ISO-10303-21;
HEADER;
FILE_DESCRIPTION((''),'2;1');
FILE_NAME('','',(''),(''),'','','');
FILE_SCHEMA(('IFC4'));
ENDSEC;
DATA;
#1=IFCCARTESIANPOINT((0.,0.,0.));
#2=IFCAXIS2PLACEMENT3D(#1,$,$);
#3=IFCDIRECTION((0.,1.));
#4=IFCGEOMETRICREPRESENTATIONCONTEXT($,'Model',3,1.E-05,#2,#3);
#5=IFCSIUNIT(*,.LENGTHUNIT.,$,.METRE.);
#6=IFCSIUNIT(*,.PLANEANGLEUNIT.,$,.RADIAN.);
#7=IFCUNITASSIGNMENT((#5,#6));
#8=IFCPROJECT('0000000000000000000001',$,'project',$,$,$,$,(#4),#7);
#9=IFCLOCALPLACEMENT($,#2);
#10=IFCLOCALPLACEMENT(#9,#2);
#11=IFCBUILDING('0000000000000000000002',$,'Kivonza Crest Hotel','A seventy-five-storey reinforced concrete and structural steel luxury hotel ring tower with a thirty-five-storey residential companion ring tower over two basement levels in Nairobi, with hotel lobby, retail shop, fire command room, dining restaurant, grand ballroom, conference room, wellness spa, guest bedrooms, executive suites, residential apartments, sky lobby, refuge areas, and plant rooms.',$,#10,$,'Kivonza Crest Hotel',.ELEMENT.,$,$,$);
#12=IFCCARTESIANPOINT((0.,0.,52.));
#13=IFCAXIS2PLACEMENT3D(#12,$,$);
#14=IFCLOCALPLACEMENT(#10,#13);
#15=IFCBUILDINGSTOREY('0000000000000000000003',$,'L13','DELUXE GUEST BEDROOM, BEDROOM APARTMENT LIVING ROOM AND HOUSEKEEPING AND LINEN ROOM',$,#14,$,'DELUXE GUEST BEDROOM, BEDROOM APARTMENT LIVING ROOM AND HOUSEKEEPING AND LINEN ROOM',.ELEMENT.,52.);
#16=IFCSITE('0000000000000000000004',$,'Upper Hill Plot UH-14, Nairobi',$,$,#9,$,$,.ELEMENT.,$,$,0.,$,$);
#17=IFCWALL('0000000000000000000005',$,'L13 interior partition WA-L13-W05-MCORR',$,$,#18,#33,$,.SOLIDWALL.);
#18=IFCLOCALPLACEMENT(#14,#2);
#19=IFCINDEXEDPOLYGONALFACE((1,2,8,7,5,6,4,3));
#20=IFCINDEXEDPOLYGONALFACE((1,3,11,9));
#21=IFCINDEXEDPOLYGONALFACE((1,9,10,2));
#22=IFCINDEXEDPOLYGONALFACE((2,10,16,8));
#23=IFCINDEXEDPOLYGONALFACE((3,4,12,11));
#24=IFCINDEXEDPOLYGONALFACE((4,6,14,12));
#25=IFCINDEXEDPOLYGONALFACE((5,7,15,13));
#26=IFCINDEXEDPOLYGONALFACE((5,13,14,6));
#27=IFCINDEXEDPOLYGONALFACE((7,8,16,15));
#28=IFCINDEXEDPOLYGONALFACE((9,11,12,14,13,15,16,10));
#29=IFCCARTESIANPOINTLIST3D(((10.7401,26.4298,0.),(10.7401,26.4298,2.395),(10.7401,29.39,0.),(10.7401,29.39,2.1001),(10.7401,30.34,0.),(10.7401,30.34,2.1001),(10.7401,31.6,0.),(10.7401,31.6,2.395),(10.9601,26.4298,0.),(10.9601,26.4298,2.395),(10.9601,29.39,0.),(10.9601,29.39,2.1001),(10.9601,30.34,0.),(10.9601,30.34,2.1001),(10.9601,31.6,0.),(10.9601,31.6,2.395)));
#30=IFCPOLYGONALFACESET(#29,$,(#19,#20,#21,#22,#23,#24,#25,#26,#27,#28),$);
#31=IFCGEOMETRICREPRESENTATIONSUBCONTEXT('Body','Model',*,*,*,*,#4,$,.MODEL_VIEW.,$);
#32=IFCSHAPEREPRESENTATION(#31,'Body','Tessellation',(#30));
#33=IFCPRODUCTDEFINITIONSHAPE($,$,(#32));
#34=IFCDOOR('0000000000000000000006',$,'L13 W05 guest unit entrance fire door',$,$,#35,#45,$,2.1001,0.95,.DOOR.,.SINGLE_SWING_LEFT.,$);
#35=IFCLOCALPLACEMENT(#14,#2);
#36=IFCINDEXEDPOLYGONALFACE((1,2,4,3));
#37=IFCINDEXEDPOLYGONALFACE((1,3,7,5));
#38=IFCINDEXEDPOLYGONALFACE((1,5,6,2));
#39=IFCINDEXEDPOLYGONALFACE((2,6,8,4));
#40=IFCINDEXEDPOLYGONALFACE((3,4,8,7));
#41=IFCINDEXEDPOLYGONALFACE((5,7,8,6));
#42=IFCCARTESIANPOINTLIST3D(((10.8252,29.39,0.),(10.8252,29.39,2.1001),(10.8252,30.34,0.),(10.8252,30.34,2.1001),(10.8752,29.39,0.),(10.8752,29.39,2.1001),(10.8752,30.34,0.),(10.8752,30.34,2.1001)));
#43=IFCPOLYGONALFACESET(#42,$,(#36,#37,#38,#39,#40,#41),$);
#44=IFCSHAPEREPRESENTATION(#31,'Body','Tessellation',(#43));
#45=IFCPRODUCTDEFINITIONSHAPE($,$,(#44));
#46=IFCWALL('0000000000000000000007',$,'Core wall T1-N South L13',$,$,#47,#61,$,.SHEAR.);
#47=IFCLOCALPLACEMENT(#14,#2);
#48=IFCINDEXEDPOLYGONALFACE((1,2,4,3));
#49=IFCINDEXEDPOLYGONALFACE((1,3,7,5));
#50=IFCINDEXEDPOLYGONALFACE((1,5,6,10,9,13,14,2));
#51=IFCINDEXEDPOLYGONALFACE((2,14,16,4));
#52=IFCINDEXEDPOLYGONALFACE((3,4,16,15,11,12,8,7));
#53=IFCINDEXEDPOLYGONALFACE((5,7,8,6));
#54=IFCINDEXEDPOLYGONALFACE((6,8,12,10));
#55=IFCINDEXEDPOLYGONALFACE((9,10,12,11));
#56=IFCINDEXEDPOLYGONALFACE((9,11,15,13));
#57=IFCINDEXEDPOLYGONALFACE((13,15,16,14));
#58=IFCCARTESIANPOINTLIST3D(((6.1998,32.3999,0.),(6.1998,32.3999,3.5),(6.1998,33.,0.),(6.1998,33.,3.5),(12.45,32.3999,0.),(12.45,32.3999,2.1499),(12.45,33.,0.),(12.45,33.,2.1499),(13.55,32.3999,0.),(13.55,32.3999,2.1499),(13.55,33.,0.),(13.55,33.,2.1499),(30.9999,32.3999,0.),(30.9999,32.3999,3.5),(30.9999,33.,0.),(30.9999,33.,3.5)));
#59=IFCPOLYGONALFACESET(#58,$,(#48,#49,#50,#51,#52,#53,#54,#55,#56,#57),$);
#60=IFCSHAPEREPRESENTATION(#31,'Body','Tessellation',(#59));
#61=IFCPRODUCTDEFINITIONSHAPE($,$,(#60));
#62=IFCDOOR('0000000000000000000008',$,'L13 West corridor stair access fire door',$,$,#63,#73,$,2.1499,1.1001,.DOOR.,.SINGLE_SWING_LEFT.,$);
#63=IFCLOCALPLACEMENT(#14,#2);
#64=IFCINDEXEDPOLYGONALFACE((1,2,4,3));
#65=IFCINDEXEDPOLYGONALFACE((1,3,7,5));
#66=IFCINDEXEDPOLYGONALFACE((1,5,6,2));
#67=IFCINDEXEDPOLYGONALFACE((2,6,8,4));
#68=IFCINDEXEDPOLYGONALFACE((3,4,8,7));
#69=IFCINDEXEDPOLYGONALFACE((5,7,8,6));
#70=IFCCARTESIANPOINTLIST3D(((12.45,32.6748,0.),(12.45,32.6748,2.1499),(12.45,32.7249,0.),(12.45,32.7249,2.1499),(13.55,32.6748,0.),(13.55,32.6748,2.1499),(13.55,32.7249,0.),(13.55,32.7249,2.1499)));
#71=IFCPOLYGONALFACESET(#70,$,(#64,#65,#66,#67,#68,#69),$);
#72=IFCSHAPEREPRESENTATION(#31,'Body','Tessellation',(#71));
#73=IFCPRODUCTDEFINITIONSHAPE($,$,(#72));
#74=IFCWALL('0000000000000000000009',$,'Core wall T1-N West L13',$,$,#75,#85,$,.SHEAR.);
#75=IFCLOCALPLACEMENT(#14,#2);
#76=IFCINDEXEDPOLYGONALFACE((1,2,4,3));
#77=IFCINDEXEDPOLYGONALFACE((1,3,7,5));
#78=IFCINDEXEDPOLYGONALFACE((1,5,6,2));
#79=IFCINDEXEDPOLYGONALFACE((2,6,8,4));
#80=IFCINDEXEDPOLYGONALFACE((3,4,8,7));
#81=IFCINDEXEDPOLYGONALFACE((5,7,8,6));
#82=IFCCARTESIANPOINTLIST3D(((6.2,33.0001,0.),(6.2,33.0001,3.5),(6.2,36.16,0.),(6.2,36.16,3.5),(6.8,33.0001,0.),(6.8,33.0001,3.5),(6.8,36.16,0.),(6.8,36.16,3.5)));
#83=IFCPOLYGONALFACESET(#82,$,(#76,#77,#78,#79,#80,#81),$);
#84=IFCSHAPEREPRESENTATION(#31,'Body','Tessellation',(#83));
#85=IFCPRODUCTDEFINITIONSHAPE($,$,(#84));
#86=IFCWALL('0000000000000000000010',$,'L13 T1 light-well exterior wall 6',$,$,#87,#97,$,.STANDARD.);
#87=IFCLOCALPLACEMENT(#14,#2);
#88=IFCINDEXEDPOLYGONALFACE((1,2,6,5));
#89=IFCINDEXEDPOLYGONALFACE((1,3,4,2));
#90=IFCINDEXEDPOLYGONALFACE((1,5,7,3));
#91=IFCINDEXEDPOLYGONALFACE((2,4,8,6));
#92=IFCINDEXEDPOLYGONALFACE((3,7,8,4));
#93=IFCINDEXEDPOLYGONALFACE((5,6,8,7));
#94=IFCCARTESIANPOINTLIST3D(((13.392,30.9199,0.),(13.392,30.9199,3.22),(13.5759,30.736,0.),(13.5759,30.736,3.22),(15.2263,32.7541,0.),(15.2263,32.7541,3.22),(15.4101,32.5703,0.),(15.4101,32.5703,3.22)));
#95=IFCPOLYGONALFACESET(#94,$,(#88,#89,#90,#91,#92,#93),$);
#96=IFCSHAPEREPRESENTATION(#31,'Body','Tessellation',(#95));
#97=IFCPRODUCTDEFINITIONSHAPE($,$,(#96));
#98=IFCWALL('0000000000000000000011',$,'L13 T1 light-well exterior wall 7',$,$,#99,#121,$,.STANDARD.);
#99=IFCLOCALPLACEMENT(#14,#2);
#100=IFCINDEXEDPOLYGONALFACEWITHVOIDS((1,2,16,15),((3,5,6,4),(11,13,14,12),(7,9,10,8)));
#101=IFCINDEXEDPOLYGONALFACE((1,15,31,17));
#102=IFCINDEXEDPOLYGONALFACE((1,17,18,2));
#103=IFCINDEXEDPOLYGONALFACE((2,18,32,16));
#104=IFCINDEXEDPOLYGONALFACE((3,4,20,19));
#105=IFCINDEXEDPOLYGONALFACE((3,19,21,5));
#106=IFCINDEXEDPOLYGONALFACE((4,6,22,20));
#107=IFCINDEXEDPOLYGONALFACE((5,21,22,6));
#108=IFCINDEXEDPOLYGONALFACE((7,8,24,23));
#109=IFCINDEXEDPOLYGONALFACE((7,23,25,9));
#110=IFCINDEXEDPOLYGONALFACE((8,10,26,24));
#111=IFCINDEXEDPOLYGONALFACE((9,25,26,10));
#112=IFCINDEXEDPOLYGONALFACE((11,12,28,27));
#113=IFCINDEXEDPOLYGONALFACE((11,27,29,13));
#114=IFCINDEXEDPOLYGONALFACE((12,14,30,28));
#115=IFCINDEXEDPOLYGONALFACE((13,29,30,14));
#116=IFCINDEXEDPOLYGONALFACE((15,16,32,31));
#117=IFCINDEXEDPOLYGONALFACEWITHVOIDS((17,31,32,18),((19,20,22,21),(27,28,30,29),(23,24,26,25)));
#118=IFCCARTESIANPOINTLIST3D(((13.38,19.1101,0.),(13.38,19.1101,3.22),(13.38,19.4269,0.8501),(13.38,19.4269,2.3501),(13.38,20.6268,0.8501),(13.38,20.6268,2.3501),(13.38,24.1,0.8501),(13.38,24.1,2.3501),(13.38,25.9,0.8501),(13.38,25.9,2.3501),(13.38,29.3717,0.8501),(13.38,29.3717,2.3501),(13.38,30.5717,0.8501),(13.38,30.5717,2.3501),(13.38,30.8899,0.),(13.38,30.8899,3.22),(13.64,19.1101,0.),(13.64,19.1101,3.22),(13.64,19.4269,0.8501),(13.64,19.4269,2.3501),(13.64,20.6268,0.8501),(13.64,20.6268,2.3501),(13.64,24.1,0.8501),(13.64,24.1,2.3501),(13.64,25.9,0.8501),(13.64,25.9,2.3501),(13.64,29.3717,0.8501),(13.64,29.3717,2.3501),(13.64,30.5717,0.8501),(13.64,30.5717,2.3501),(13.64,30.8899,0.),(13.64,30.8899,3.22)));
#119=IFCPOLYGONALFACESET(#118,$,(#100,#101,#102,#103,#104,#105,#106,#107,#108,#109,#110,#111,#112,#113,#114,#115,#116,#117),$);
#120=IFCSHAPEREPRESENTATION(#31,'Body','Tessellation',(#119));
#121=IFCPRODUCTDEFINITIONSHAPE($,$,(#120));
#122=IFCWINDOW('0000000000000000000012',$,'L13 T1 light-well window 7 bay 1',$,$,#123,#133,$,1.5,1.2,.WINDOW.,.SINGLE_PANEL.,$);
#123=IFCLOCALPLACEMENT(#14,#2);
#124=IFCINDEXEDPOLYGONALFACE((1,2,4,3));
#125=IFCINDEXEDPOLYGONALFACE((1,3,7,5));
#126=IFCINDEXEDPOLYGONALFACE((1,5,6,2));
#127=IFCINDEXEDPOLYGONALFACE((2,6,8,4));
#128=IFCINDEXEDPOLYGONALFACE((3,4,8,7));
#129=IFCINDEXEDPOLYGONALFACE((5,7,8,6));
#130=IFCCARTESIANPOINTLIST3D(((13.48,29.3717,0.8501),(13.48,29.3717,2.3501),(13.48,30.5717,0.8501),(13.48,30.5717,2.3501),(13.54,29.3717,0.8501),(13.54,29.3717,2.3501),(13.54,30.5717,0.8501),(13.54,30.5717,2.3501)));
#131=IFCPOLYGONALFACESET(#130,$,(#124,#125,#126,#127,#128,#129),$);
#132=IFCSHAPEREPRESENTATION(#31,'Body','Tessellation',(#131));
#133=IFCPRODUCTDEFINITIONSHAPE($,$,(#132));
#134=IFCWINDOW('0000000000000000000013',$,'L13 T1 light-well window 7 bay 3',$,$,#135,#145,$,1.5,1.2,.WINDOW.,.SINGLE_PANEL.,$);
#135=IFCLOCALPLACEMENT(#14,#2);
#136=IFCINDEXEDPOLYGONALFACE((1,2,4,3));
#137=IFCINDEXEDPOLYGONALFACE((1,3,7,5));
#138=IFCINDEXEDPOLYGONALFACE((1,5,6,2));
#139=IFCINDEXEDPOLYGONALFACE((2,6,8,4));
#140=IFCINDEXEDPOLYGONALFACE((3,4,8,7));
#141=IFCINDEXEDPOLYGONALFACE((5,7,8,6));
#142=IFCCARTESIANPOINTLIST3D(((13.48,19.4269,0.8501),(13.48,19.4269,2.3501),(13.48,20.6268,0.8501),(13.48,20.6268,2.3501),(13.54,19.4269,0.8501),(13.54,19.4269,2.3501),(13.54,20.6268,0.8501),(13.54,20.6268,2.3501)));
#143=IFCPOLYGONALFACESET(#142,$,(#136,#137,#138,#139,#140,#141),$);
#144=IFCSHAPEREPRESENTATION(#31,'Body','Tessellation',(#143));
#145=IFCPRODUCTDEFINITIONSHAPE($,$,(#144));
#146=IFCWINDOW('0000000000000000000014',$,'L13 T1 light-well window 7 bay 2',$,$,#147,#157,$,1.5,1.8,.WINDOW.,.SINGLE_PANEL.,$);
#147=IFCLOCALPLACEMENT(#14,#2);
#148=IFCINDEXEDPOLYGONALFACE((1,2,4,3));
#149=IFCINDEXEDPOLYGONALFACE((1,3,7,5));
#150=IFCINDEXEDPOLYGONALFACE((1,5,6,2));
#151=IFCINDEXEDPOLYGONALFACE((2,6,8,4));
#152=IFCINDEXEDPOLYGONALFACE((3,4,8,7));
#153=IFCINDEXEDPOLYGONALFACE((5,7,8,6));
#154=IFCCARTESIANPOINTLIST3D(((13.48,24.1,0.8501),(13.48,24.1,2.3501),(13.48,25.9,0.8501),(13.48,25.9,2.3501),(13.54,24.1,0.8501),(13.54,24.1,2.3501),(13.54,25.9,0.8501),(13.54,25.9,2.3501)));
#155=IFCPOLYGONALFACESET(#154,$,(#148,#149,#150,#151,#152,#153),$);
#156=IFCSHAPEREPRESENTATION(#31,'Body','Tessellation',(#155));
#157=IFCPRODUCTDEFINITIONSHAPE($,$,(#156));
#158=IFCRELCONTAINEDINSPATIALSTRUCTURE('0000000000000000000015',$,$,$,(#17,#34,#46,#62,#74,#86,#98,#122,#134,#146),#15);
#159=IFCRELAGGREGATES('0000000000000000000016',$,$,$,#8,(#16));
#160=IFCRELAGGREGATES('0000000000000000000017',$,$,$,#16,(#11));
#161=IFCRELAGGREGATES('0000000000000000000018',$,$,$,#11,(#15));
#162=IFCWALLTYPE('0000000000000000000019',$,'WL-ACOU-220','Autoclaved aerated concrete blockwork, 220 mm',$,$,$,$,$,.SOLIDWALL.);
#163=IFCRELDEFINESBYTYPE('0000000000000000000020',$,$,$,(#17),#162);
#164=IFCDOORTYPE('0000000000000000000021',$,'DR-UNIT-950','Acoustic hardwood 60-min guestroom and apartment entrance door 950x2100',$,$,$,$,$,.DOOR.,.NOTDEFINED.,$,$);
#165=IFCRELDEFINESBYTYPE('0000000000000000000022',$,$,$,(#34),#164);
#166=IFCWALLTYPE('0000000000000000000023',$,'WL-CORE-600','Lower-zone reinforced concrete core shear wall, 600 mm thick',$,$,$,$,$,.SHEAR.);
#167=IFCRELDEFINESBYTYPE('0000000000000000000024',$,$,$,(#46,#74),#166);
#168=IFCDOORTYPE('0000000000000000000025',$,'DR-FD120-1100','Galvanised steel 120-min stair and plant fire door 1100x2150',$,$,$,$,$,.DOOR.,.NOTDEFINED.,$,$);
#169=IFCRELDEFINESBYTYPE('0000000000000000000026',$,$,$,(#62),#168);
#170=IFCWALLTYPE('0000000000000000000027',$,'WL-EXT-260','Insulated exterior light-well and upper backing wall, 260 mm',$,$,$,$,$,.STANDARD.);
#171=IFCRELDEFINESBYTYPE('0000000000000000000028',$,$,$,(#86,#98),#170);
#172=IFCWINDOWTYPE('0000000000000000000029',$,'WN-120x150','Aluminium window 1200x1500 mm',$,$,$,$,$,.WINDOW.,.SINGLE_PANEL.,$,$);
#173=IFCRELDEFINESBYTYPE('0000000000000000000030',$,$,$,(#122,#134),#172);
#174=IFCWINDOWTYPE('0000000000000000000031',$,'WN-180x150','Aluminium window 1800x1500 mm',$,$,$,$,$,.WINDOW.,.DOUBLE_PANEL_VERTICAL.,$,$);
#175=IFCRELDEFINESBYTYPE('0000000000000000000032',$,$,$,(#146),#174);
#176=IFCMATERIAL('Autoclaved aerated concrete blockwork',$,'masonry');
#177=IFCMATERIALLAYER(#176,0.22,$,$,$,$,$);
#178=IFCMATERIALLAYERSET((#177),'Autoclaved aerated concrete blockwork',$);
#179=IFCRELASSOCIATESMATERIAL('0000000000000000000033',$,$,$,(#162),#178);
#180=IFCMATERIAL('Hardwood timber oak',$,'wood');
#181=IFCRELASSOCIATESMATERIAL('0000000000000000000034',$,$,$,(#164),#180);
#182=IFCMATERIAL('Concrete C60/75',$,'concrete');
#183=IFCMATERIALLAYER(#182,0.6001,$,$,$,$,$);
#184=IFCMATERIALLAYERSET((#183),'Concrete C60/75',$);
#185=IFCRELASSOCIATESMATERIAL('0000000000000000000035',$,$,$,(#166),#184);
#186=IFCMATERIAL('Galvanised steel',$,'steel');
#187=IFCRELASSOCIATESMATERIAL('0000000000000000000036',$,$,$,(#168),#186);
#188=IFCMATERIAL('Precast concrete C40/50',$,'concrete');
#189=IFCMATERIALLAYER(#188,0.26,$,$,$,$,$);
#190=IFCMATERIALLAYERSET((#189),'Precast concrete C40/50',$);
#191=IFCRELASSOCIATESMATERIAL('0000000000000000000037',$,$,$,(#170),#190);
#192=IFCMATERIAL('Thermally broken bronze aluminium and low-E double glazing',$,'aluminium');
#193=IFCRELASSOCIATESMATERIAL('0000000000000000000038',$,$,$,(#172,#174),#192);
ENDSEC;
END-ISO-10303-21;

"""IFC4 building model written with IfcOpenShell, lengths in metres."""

from ifc_helpers import new_model, si_unit, direction, frame, frame_2d, origin, place, context, subcontext, project, spatial, rectangle, extrude, material, layer, layer_set, type_object, element, fill, save


model = new_model("IFC4")

# Units and contexts
model_context = context("Model", 3, precision=1e-05, world=origin(), true_north=direction((0.0, 1.0)))
body_context = subcontext(model_context, "Body", "Model", "MODEL_VIEW")
ifc_project = project(units=[si_unit("LENGTHUNIT", "METRE"), si_unit("PLANEANGLEUNIT", "RADIAN")], contexts=[model_context])

# Site, building, storey
site_placement = place(None, origin())
site = spatial("IfcSite", under=ifc_project, at=site_placement, Name="Upper Hill Plot UH-14, Nairobi", CompositionType="ELEMENT", RefElevation=0.0)
building_placement = place(site_placement, origin())
building = spatial("IfcBuilding", under=site, at=building_placement, Name="Kivonza Crest Hotel", Description="A seventy-five-storey reinforced concrete and structural steel luxury hotel ring tower with a thirty-five-storey residential companion ring tower over two basement levels in Nairobi, with hotel lobby, retail shop, fire command room, dining restaurant, grand ballroom, conference room, wellness spa, guest bedrooms, executive suites, residential apartments, sky lobby, refuge areas, and plant rooms.", LongName="Kivonza Crest Hotel", CompositionType="ELEMENT")
storey_placement = place(building_placement, frame((0.0, 0.0, 52.0)))
storey = spatial("IfcBuildingStorey", under=building, at=storey_placement, Name="L13", Description="DELUXE GUEST BEDROOM, BEDROOM APARTMENT LIVING ROOM AND HOUSEKEEPING AND LINEN ROOM", LongName="DELUXE GUEST BEDROOM, BEDROOM APARTMENT LIVING ROOM AND HOUSEKEEPING AND LINEN ROOM", CompositionType="ELEMENT", Elevation=52.0)

# Shared definitions
ifc_material_1 = material(Name="Concrete C60/75", Category="concrete")

# Shared definitions
ifc_material_2 = material(Name="Autoclaved aerated concrete blockwork", Category="masonry")
ifc_layer_1 = layer(ifc_material_2, 0.22)
ifc_layer_set_1 = layer_set([ifc_layer_1], Name="Autoclaved aerated concrete blockwork")
wall_type_1 = type_object("IfcWallType", Name="WL-ACOU-220", Description="Autoclaved aerated concrete blockwork, 220 mm", PredefinedType="SOLIDWALL", material=ifc_layer_set_1)

# Walls, openings, doors
wall_1_placement = place(storey_placement, frame((10.8501, 26.4299, 0.0), z_axis=(0.0, 0.0, 1.0), x_axis=(0.0, 1.0, 0.0)))
wall_1 = element("IfcWall", 1, at=wall_1_placement, inside=storey, type_object=wall_type_1, Name="L13 interior partition WA-L13-W05-MCORR", PredefinedType="SOLIDWALL", context=body_context, shape_type="SweptSolid", body=[
    extrude(rectangle(XDim=5.1702, YDim=0.22, at=frame_2d((2.585, 0.0))), origin(), (0.0, 0.0, 1.0), 2.395),
])
opening_1_placement = place(wall_1_placement, frame((2.96, 0.0, 0.0)))
opening_1 = element("IfcOpeningElement", 2, at=opening_1_placement, cuts=wall_1, PredefinedType="OPENING", context=body_context, shape_type="SweptSolid", body=[
    extrude(rectangle(XDim=0.95, YDim=2.1001, at=frame_2d((0.4751, 1.05))), frame((0.0, 0.1201, 0.0), z_axis=(0.0, -1.0, 0.0), x_axis=(1.0, 0.0, 0.0)), (0.0, 0.0, 1.0), 0.24),
])
ifc_material_3 = material(Name="Hardwood timber oak", Category="wood")
door_type_1 = type_object("IfcDoorType", Name="DR-UNIT-950", Description="Acoustic hardwood 60-min guestroom and apartment entrance door 950x2100", OperationType="NOTDEFINED", PredefinedType="DOOR", material=ifc_material_3)
door_1_placement = place(opening_1_placement, origin())
door_1 = element("IfcDoor", 3, at=door_1_placement, inside=storey, type_object=door_type_1, Name="L13 W05 guest unit entrance fire door", OperationType="SINGLE_SWING_LEFT", OverallHeight=2.1001, OverallWidth=0.95, PredefinedType="DOOR", context=body_context, shape_type="SweptSolid", body=[
    extrude(rectangle(XDim=0.95, YDim=2.1001, at=frame_2d((0.4751, 1.05))), frame((0.0, 0.0249, 0.0), z_axis=(0.0, -1.0, 0.0), x_axis=(1.0, 0.0, 0.0)), (0.0, 0.0, 1.0), 0.05),
])
fill(opening_1, door_1)
ifc_layer_2 = layer(ifc_material_1, 0.6001)
ifc_layer_set_2 = layer_set([ifc_layer_2], Name="Concrete C60/75")
wall_type_2 = type_object("IfcWallType", Name="WL-CORE-600", Description="Lower-zone reinforced concrete core shear wall, 600 mm thick", PredefinedType="SHEAR", material=ifc_layer_set_2)
wall_2_placement = place(storey_placement, frame((6.2, 32.7, 0.0), z_axis=(0.0, 0.0, 1.0), x_axis=(1.0, 0.0, 0.0)))
wall_2 = element("IfcWall", 4, at=wall_2_placement, inside=storey, type_object=wall_type_2, Name="Core wall T1-N South L13", PredefinedType="SHEAR", context=body_context, shape_type="SweptSolid", body=[
    extrude(rectangle(XDim=24.8, YDim=0.6001, at=frame_2d((12.3999, 0.0))), origin(), (0.0, 0.0, 1.0), 3.5),
])
opening_2_placement = place(wall_2_placement, frame((6.25, 0.0, 0.0)))
opening_2 = element("IfcOpeningElement", 5, at=opening_2_placement, cuts=wall_2, PredefinedType="OPENING", context=body_context, shape_type="SweptSolid", body=[
    extrude(rectangle(XDim=1.1001, YDim=2.1499, at=frame_2d((0.55, 1.075))), frame((0.0, 0.3101, 0.0), z_axis=(0.0, -1.0, 0.0), x_axis=(1.0, 0.0, 0.0)), (0.0, 0.0, 1.0), 0.6201),
])
ifc_material_4 = material(Name="Galvanised steel", Category="steel")
door_type_2 = type_object("IfcDoorType", Name="DR-FD120-1100", Description="Galvanised steel 120-min stair and plant fire door 1100x2150", OperationType="NOTDEFINED", PredefinedType="DOOR", material=ifc_material_4)
door_2_placement = place(opening_2_placement, origin())
door_2 = element("IfcDoor", 6, at=door_2_placement, inside=storey, type_object=door_type_2, Name="L13 West corridor stair access fire door", OperationType="SINGLE_SWING_LEFT", OverallHeight=2.1499, OverallWidth=1.1001, PredefinedType="DOOR", context=body_context, shape_type="SweptSolid", body=[
    extrude(rectangle(XDim=1.1001, YDim=2.1499, at=frame_2d((0.55, 1.075))), frame((0.0, 0.0249, 0.0), z_axis=(0.0, -1.0, 0.0), x_axis=(1.0, 0.0, 0.0)), (0.0, 0.0, 1.0), 0.05),
])
fill(opening_2, door_2)

# Walls
wall_3_placement = place(storey_placement, frame((6.5, 33.0, 0.0), z_axis=(0.0, 0.0, 1.0), x_axis=(0.0, 1.0, 0.0)))
element("IfcWall", 7, at=wall_3_placement, inside=storey, type_object=wall_type_2, Name="Core wall T1-N West L13", PredefinedType="SHEAR", context=body_context, shape_type="SweptSolid", body=[
    extrude(rectangle(XDim=3.1599, YDim=0.6001, at=frame_2d((1.5801, 0.0))), origin(), (0.0, 0.0, 1.0), 3.5),
])
ifc_material_5 = material(Name="Precast concrete C40/50", Category="concrete")
ifc_layer_3 = layer(ifc_material_5, 0.26)
ifc_layer_set_3 = layer_set([ifc_layer_3], Name="Precast concrete C40/50")
wall_type_3 = type_object("IfcWallType", Name="WL-EXT-260", Description="Insulated exterior light-well and upper backing wall, 260 mm", PredefinedType="STANDARD", material=ifc_layer_set_3)
wall_4_placement = place(storey_placement, frame((15.3181, 32.6621, 0.0), z_axis=(0.0, 0.0, 1.0), x_axis=(-0.707107, -0.707107, 0.0)))
element("IfcWall", 8, at=wall_4_placement, inside=storey, type_object=wall_type_3, Name="L13 T1 light-well exterior wall 6", PredefinedType="STANDARD", context=body_context, shape_type="SweptSolid", body=[
    extrude(rectangle(XDim=2.594, YDim=0.26, at=frame_2d((1.2969, 0.0))), origin(), (0.0, 0.0, 1.0), 3.22),
])

# Wall, openings, windows
wall_5_placement = place(storey_placement, frame((13.51, 30.8899, 0.0), z_axis=(0.0, 0.0, 1.0), x_axis=(0.0, -1.0, 0.0)))
wall_5 = element("IfcWall", 9, at=wall_5_placement, inside=storey, type_object=wall_type_3, Name="L13 T1 light-well exterior wall 7", PredefinedType="STANDARD", context=body_context, shape_type="SweptSolid", body=[
    extrude(rectangle(XDim=11.7798, YDim=0.26, at=frame_2d((5.8899, 0.0))), origin(), (0.0, 0.0, 1.0), 3.22),
])
opening_3_placement = place(wall_5_placement, frame((0.3181, 0.0, 0.8501)))
opening_3 = element("IfcOpeningElement", 10, at=opening_3_placement, cuts=wall_5, PredefinedType="OPENING", context=body_context, shape_type="SweptSolid", body=[
    extrude(rectangle(XDim=1.2, YDim=1.5, at=frame_2d((0.6001, 0.75))), frame((0.0, 0.1401, 0.0), z_axis=(0.0, -1.0, 0.0), x_axis=(1.0, 0.0, 0.0)), (0.0, 0.0, 1.0), 0.28),
])
opening_4_placement = place(wall_5_placement, frame((4.99, 0.0, 0.8501)))
opening_4 = element("IfcOpeningElement", 11, at=opening_4_placement, cuts=wall_5, PredefinedType="OPENING", context=body_context, shape_type="SweptSolid", body=[
    extrude(rectangle(XDim=1.8, YDim=1.5, at=frame_2d((0.8999, 0.75))), frame((0.0, 0.1401, 0.0), z_axis=(0.0, -1.0, 0.0), x_axis=(1.0, 0.0, 0.0)), (0.0, 0.0, 1.0), 0.28),
])
opening_5_placement = place(wall_5_placement, frame((10.2629, 0.0, 0.8501)))
opening_5 = element("IfcOpeningElement", 12, at=opening_5_placement, cuts=wall_5, PredefinedType="OPENING", context=body_context, shape_type="SweptSolid", body=[
    extrude(rectangle(XDim=1.2, YDim=1.5, at=frame_2d((0.6001, 0.75))), frame((0.0, 0.1401, 0.0), z_axis=(0.0, -1.0, 0.0), x_axis=(1.0, 0.0, 0.0)), (0.0, 0.0, 1.0), 0.28),
])
ifc_material_6 = material(Name="Thermally broken bronze aluminium and low-E double glazing", Category="aluminium")
window_type_1 = type_object("IfcWindowType", Name="WN-120x150", Description="Aluminium window 1200x1500 mm", PartitioningType="SINGLE_PANEL", PredefinedType="WINDOW", material=ifc_material_6)
window_1_placement = place(opening_3_placement, origin())
window_1 = element("IfcWindow", 13, at=window_1_placement, inside=storey, type_object=window_type_1, Name="L13 T1 light-well window 7 bay 1", OverallHeight=1.5, OverallWidth=1.2, PartitioningType="SINGLE_PANEL", PredefinedType="WINDOW", context=body_context, shape_type="SweptSolid", body=[
    extrude(rectangle(XDim=1.2, YDim=1.5, at=frame_2d((0.6001, 0.75))), frame((0.0, 0.03, 0.0), z_axis=(0.0, -1.0, 0.0), x_axis=(1.0, 0.0, 0.0)), (0.0, 0.0, 1.0), 0.0601),
])
fill(opening_3, window_1)
window_2_placement = place(opening_5_placement, origin())
window_2 = element("IfcWindow", 14, at=window_2_placement, inside=storey, type_object=window_type_1, Name="L13 T1 light-well window 7 bay 3", OverallHeight=1.5, OverallWidth=1.2, PartitioningType="SINGLE_PANEL", PredefinedType="WINDOW", context=body_context, shape_type="SweptSolid", body=[
    extrude(rectangle(XDim=1.2, YDim=1.5, at=frame_2d((0.6001, 0.75))), frame((0.0, 0.03, 0.0), z_axis=(0.0, -1.0, 0.0), x_axis=(1.0, 0.0, 0.0)), (0.0, 0.0, 1.0), 0.0601),
])
fill(opening_5, window_2)
window_type_2 = type_object("IfcWindowType", Name="WN-180x150", Description="Aluminium window 1800x1500 mm", PartitioningType="DOUBLE_PANEL_VERTICAL", PredefinedType="WINDOW", material=ifc_material_6)
window_3_placement = place(opening_4_placement, origin())
window_3 = element("IfcWindow", 15, at=window_3_placement, inside=storey, type_object=window_type_2, Name="L13 T1 light-well window 7 bay 2", OverallHeight=1.5, OverallWidth=1.8, PartitioningType="SINGLE_PANEL", PredefinedType="WINDOW", context=body_context, shape_type="SweptSolid", body=[
    extrude(rectangle(XDim=1.8, YDim=1.5, at=frame_2d((0.8999, 0.75))), frame((0.0, 0.03, 0.0), z_axis=(0.0, -1.0, 0.0), x_axis=(1.0, 0.0, 0.0)), (0.0, 0.0, 1.0), 0.0601),
])
fill(opening_4, window_3)

save(model, "model.ifc")
